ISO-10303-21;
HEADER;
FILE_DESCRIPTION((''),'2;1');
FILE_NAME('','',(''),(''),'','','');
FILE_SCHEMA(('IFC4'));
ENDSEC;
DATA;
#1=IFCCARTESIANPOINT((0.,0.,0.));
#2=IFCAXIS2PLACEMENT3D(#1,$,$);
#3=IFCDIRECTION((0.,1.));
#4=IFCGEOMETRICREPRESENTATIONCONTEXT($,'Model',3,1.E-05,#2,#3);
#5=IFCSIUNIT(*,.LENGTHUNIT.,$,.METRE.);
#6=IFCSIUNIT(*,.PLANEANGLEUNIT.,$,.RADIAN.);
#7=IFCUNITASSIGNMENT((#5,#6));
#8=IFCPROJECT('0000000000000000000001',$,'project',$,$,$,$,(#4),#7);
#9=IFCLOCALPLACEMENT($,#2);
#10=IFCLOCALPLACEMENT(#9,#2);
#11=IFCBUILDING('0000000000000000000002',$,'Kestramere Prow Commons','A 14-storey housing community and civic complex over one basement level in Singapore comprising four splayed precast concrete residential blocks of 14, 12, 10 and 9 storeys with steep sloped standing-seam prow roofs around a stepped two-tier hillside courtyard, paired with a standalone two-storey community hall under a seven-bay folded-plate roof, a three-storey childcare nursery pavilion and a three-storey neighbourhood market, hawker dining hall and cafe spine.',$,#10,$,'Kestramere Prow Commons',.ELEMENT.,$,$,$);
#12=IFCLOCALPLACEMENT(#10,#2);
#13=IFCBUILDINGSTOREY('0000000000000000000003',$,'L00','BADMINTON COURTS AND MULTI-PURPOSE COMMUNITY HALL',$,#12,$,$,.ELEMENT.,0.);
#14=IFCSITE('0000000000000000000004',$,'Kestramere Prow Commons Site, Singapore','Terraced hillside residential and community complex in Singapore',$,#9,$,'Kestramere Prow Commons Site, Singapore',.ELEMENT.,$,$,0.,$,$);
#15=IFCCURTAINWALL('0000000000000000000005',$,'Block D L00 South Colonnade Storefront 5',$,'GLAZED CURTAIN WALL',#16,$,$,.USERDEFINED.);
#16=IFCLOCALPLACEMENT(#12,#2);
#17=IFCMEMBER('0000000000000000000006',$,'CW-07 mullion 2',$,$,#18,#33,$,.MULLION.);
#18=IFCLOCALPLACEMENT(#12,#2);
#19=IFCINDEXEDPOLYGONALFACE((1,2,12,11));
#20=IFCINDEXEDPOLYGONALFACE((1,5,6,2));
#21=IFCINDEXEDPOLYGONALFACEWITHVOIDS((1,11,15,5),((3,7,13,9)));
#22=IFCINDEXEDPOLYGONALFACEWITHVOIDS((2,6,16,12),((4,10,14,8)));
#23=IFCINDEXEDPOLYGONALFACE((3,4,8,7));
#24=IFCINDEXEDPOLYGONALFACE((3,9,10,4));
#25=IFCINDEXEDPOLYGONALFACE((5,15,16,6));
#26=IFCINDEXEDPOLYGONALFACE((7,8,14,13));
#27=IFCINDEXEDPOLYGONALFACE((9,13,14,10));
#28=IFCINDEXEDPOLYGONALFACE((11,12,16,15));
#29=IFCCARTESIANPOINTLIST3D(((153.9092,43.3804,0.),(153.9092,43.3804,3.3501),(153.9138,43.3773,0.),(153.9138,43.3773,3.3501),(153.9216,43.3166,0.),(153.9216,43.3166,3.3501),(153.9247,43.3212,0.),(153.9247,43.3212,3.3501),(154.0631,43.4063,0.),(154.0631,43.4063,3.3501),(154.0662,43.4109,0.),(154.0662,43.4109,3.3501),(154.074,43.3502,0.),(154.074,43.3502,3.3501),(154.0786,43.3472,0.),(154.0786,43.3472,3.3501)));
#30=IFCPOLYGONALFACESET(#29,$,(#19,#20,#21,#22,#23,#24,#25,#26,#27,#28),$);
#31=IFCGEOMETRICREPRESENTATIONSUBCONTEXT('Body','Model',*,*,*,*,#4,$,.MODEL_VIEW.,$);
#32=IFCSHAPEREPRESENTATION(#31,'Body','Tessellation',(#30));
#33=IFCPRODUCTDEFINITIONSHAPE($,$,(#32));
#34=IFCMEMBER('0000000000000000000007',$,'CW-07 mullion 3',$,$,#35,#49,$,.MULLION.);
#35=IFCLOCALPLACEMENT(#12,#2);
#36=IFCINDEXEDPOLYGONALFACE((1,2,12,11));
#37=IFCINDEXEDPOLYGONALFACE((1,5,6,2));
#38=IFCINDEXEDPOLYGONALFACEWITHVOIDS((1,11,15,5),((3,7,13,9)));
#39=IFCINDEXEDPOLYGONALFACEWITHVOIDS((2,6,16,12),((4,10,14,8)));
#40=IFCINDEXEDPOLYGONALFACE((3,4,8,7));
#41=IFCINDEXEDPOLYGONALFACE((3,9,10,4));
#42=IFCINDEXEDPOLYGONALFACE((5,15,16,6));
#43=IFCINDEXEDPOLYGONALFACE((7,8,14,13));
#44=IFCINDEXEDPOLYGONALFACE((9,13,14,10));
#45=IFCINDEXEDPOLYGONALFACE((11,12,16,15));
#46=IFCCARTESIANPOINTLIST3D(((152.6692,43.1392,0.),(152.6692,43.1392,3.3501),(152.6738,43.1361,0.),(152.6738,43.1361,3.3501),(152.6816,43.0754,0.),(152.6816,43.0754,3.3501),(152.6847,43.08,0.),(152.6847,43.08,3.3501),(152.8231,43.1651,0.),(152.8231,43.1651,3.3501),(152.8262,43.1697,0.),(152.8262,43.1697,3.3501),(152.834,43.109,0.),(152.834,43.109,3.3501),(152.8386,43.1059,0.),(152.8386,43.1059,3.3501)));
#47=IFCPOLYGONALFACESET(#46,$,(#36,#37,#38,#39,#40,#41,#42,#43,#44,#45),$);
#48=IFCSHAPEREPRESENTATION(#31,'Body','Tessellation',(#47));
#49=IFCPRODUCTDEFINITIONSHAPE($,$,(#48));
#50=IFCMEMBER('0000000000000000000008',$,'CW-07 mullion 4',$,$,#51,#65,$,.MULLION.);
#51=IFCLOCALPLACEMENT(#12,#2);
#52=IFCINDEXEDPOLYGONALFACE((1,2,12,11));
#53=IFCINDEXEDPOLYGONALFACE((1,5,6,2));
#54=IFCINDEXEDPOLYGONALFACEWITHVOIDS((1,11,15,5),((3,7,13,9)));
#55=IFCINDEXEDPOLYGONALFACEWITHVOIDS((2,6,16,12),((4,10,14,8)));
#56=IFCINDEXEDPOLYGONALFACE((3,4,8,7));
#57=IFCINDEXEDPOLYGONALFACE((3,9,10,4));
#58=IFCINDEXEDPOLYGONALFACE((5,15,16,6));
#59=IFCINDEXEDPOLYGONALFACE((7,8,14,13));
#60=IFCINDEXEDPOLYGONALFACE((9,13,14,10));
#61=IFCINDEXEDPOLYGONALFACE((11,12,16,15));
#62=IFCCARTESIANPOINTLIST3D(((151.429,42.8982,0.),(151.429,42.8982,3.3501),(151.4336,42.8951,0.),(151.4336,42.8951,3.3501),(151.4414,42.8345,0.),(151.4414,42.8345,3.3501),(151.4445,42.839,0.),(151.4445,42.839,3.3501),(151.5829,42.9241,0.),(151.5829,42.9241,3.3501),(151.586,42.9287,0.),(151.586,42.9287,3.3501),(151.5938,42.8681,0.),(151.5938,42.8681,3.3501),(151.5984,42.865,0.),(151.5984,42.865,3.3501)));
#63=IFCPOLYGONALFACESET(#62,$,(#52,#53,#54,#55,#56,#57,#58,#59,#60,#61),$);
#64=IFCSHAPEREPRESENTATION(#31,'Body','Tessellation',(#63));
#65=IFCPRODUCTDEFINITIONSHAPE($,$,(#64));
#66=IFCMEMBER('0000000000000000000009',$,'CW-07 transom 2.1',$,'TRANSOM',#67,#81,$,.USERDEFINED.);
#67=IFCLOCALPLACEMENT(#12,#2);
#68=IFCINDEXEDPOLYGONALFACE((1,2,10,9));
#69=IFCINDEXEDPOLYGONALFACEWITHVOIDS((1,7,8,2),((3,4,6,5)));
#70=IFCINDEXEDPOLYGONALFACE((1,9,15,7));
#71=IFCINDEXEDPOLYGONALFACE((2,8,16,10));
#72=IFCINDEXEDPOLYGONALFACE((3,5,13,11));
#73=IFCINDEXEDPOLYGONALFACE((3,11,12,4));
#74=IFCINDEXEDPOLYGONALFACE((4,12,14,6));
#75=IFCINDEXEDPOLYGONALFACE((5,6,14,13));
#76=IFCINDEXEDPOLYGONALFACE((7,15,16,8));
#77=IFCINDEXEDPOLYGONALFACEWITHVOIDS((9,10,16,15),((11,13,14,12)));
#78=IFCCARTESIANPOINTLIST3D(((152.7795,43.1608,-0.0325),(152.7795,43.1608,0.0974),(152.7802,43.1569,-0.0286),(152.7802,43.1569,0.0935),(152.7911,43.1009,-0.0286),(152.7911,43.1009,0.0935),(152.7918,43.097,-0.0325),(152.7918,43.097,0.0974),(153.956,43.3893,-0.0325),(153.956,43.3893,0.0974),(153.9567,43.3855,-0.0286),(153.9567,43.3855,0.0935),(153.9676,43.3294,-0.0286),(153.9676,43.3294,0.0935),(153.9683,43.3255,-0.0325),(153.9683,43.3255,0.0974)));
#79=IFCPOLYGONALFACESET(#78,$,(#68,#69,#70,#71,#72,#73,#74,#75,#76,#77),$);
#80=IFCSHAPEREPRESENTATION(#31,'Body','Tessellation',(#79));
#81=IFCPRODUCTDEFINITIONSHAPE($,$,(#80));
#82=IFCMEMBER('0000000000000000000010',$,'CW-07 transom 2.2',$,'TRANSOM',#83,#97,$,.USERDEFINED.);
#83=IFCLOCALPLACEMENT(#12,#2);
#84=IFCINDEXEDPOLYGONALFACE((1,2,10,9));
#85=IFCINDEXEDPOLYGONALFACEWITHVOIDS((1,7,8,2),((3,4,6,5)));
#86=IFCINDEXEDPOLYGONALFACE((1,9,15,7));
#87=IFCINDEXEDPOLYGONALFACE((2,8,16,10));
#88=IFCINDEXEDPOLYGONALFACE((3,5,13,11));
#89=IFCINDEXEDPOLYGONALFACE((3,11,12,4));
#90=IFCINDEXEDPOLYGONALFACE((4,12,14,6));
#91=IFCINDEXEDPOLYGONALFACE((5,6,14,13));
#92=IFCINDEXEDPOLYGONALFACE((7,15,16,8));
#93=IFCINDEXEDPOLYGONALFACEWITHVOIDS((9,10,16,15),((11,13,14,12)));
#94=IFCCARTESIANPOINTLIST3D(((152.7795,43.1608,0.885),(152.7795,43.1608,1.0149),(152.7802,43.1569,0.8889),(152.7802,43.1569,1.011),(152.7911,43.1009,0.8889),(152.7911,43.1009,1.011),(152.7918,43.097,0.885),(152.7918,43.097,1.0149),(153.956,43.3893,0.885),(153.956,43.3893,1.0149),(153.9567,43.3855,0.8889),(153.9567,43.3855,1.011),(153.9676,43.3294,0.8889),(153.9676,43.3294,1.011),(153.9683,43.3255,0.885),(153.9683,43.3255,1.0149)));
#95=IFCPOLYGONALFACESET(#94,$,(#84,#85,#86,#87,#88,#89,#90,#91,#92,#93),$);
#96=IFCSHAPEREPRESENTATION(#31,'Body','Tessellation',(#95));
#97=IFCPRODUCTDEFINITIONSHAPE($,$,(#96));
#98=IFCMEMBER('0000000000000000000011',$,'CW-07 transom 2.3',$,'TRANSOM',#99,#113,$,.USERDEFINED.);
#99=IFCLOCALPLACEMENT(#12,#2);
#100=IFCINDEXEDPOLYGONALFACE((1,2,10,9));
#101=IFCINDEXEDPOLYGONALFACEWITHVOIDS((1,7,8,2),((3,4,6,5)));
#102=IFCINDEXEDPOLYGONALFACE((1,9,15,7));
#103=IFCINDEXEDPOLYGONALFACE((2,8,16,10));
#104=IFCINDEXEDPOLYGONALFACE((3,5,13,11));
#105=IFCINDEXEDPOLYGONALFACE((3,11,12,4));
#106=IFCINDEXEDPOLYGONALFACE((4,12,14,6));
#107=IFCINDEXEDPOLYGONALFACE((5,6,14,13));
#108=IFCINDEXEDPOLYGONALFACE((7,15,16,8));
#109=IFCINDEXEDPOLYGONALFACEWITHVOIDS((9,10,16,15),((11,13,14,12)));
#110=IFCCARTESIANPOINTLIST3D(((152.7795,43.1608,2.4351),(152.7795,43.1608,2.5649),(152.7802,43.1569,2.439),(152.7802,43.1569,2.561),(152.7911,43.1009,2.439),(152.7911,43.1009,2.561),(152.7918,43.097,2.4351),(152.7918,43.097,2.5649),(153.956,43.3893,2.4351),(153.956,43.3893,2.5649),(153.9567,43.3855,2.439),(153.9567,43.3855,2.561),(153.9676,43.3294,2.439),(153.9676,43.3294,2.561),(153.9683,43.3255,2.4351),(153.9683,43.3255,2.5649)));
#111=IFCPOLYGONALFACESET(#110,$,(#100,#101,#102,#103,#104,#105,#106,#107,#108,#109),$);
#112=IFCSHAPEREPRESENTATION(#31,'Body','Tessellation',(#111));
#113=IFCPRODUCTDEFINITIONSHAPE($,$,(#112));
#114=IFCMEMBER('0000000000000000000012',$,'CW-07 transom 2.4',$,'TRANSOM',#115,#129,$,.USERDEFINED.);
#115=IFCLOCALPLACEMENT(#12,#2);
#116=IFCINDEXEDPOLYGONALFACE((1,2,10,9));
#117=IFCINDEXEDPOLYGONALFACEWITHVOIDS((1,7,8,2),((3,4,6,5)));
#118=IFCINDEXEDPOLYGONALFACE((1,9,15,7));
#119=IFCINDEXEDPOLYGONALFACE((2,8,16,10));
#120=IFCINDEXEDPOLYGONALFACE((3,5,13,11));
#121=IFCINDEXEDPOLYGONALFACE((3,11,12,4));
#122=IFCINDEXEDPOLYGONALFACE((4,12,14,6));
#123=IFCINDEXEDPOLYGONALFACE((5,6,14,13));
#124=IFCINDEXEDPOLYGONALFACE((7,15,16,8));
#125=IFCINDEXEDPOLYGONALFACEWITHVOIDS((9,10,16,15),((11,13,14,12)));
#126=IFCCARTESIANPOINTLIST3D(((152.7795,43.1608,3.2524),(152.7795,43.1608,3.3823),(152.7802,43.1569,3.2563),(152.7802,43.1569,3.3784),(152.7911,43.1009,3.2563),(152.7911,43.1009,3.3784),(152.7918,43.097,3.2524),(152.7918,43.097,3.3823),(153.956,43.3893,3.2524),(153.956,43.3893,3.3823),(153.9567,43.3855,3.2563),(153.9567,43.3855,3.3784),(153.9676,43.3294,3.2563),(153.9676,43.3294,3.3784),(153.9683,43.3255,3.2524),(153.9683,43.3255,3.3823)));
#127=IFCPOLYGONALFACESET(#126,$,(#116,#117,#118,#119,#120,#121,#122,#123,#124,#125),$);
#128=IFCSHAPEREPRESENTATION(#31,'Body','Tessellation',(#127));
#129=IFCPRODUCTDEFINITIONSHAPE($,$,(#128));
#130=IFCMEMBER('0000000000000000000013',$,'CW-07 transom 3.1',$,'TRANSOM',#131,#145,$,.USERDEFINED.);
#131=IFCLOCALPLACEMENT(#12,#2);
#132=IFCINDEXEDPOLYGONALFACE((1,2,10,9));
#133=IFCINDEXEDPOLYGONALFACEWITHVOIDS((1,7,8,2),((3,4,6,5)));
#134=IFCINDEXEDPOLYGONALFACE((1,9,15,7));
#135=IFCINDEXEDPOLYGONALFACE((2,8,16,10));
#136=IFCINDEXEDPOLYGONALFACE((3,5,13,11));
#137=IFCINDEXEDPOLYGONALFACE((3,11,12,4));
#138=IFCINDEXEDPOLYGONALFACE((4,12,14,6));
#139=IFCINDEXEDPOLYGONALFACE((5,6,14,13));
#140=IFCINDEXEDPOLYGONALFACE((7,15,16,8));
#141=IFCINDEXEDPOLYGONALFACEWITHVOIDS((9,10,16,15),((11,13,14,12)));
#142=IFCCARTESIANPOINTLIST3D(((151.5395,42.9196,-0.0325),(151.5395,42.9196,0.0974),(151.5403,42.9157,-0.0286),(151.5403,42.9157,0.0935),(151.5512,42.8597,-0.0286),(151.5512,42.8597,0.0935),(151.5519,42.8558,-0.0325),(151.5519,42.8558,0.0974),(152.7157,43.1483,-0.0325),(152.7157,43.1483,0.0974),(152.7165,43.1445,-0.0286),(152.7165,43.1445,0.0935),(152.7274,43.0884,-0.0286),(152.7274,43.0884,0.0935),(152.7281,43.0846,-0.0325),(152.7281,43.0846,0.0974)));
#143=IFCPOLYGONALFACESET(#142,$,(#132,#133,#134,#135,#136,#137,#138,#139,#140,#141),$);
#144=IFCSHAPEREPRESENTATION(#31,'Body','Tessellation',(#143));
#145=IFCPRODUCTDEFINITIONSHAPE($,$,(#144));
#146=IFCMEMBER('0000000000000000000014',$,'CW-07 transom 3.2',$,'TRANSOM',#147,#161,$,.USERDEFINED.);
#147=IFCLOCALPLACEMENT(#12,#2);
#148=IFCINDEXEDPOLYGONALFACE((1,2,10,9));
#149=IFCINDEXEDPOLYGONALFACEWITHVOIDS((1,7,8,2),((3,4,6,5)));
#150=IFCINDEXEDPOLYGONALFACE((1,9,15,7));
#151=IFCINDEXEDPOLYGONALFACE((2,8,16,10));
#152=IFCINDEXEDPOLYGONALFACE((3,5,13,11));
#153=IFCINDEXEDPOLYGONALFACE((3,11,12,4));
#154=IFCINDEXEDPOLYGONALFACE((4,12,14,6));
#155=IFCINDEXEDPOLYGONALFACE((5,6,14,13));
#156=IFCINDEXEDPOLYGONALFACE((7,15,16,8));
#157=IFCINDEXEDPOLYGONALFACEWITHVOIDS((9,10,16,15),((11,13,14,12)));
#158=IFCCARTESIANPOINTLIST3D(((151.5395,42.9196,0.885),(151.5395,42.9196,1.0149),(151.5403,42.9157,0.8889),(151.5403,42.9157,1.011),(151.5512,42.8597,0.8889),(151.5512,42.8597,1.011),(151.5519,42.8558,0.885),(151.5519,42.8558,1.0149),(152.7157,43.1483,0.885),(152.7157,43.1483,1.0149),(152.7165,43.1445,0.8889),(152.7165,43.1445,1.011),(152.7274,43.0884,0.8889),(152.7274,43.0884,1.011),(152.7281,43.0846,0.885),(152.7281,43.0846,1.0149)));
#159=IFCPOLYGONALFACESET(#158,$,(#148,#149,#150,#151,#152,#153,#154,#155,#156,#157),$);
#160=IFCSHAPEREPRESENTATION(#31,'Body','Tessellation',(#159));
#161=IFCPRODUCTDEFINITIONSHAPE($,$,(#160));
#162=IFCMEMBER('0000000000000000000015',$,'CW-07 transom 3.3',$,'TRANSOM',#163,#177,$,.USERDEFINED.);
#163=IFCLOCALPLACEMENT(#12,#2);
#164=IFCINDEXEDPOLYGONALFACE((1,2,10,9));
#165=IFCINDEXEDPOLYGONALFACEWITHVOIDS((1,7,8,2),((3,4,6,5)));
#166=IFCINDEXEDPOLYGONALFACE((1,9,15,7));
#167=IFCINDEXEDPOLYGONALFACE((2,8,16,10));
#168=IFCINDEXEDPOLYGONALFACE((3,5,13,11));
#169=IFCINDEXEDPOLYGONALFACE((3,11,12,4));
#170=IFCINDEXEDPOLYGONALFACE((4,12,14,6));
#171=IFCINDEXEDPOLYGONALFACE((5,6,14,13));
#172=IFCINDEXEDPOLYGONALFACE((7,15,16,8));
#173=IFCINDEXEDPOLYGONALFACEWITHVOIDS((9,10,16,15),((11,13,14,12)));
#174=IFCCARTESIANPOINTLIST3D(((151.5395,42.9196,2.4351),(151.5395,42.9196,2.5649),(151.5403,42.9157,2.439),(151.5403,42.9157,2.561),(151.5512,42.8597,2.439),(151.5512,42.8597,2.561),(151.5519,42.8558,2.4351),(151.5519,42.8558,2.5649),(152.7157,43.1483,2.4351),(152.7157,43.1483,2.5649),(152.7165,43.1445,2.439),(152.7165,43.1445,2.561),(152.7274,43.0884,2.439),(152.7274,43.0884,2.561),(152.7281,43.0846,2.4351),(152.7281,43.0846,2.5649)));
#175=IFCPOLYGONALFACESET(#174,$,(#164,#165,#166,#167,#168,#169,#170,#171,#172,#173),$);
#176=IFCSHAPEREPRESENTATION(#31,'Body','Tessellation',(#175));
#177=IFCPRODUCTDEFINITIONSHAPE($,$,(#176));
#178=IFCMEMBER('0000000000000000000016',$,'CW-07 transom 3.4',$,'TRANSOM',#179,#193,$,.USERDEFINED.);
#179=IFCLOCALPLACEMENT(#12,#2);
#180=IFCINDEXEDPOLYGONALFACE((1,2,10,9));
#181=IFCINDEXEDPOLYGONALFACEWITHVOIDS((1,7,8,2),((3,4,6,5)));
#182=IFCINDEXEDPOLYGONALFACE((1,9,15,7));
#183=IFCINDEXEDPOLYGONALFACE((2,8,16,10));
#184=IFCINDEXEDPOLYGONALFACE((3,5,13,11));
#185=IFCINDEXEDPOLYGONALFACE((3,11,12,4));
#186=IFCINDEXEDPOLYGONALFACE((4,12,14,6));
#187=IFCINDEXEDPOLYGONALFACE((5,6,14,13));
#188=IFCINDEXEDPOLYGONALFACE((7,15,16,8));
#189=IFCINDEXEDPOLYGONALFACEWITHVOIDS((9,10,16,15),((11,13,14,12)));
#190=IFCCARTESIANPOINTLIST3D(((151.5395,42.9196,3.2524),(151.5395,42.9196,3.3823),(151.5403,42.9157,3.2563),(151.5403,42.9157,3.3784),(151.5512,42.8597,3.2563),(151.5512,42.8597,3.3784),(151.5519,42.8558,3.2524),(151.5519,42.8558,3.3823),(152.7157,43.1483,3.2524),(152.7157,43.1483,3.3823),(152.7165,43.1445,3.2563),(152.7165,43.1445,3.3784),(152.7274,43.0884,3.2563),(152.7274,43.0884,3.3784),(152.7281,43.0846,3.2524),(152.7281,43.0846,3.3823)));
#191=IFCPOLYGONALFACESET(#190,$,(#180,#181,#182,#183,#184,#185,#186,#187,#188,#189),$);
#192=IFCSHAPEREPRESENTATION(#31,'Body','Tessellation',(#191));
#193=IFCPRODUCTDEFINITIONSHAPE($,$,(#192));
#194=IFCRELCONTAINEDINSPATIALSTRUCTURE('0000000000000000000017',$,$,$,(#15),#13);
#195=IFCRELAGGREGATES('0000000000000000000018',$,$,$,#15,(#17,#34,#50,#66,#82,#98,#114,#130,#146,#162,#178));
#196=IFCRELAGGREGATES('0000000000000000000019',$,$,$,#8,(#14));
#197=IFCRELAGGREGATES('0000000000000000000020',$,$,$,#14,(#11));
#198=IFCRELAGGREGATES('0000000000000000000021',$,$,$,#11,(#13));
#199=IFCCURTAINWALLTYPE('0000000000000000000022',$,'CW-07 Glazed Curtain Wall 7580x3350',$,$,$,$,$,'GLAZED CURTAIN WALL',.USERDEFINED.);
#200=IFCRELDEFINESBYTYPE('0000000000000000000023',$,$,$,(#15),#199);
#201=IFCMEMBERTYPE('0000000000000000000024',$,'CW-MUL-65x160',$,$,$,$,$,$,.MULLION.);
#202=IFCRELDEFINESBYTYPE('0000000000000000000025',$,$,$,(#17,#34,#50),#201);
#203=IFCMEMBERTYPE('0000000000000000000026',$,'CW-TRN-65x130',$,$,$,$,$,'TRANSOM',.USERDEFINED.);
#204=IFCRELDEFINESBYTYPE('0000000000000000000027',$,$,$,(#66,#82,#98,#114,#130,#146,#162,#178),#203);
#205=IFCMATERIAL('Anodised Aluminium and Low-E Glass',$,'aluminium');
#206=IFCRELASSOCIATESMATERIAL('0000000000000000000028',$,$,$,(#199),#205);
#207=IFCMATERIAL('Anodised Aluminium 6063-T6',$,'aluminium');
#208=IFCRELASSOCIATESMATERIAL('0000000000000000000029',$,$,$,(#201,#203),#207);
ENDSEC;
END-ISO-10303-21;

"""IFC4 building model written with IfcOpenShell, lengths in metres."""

from ifc_helpers import new_model, si_unit, direction, frame, origin, origin_2d, place, context, subcontext, project, spatial, hollow_rectangle, extrude, material, material_profile, profile_set, type_object, element, aggregate, save


model = new_model("IFC4")

# Units and contexts
model_context = context("Model", 3, precision=1e-05, world=origin(), true_north=direction((0.0, 1.0)))
body_context = subcontext(model_context, "Body", "Model", "MODEL_VIEW")
ifc_project = project(units=[si_unit("LENGTHUNIT", "METRE"), si_unit("PLANEANGLEUNIT", "RADIAN")], contexts=[model_context])

# Site, building, storey
site_placement = place(None, origin())
site = spatial("IfcSite", under=ifc_project, at=site_placement, Name="Kestramere Prow Commons Site, Singapore", Description="Terraced hillside residential and community complex in Singapore", LongName="Kestramere Prow Commons Site, Singapore", CompositionType="ELEMENT", RefElevation=0.0)
building_placement = place(site_placement, origin())
building = spatial("IfcBuilding", under=site, at=building_placement, Name="Kestramere Prow Commons", Description="A 14-storey housing community and civic complex over one basement level in Singapore comprising four splayed precast concrete residential blocks of 14, 12, 10 and 9 storeys with steep sloped standing-seam prow roofs around a stepped two-tier hillside courtyard, paired with a standalone two-storey community hall under a seven-bay folded-plate roof, a three-storey childcare nursery pavilion and a three-storey neighbourhood market, hawker dining hall and cafe spine.", LongName="Kestramere Prow Commons", CompositionType="ELEMENT")
storey_placement = place(building_placement, origin())
storey = spatial("IfcBuildingStorey", under=building, at=storey_placement, Name="L00", Description="BADMINTON COURTS AND MULTI-PURPOSE COMMUNITY HALL", CompositionType="ELEMENT", Elevation=0.0)

# Curtain wall, members
ifc_material_1 = material(Name="Anodised Aluminium and Low-E Glass", Category="aluminium")
curtain_wall_type = type_object("IfcCurtainWallType", Name="CW-07 Glazed Curtain Wall 7580x3350", ElementType="GLAZED CURTAIN WALL", PredefinedType="USERDEFINED", material=ifc_material_1)
curtain_wall_placement = place(storey_placement, origin())
curtain_wall = element("IfcCurtainWall", 1, at=curtain_wall_placement, inside=storey, type_object=curtain_wall_type, Name="Block D L00 South Colonnade Storefront 5", ObjectType="GLAZED CURTAIN WALL", PredefinedType="USERDEFINED")
ifc_material_2 = material(Name="Anodised Aluminium 6063-T6", Category="aluminium")
ifc_material_profile_1 = material_profile(ifc_material_2, hollow_rectangle(XDim=0.0649, YDim=0.1599, WallThickness=0.0039, at=origin_2d()), Name="ALU-MUL 65x160")
ifc_profile_set_1 = profile_set([ifc_material_profile_1], Name="Anodised Aluminium 6063-T6")
member_type_1 = type_object("IfcMemberType", Name="CW-MUL-65x160", PredefinedType="MULLION", material=ifc_profile_set_1)
member_1_placement = place(storey_placement, frame((153.9939, 43.3638, 0.0), z_axis=(0.0, 0.0, 1.0), x_axis=(0.190809, -0.981627, 0.0)))
member_1 = element("IfcMember", 2, at=member_1_placement, type_object=member_type_1, Name="CW-07 mullion 2", PredefinedType="MULLION", context=body_context, shape_type="SweptSolid", body=[
    extrude(hollow_rectangle(XDim=0.0649, YDim=0.1599, WallThickness=0.0039, at=origin_2d()), origin(), (0.0, 0.0, 1.0), 3.3501),
])
member_2_placement = place(storey_placement, frame((152.7539, 43.1226, 0.0), z_axis=(0.0, 0.0, 1.0), x_axis=(0.190809, -0.981627, 0.0)))
member_2 = element("IfcMember", 3, at=member_2_placement, type_object=member_type_1, Name="CW-07 mullion 3", PredefinedType="MULLION", context=body_context, shape_type="SweptSolid", body=[
    extrude(hollow_rectangle(XDim=0.0649, YDim=0.1599, WallThickness=0.0039, at=origin_2d()), origin(), (0.0, 0.0, 1.0), 3.3501),
])
member_3_placement = place(storey_placement, frame((151.5137, 42.8816, 0.0), z_axis=(0.0, 0.0, 1.0), x_axis=(0.190809, -0.981627, 0.0)))
member_3 = element("IfcMember", 4, at=member_3_placement, type_object=member_type_1, Name="CW-07 mullion 4", PredefinedType="MULLION", context=body_context, shape_type="SweptSolid", body=[
    extrude(hollow_rectangle(XDim=0.0649, YDim=0.1599, WallThickness=0.0039, at=origin_2d()), origin(), (0.0, 0.0, 1.0), 3.3501),
])
ifc_material_profile_2 = material_profile(ifc_material_2, hollow_rectangle(XDim=0.0649, YDim=0.1299, WallThickness=0.0039, at=origin_2d()), Name="ALU-TRN 65x130")
ifc_profile_set_2 = profile_set([ifc_material_profile_2], Name="Anodised Aluminium 6063-T6")
member_type_2 = type_object("IfcMemberType", Name="CW-TRN-65x130", ElementType="TRANSOM", PredefinedType="USERDEFINED", material=ifc_profile_set_2)
member_4_placement = place(storey_placement, frame((153.9622, 43.3574, 0.0325), z_axis=(-0.981655, -0.190668, 0.0), x_axis=(0.190668, -0.981655, 0.0)))
member_4 = element("IfcMember", 5, at=member_4_placement, type_object=member_type_2, Name="CW-07 transom 2.1", ObjectType="TRANSOM", PredefinedType="USERDEFINED", context=body_context, shape_type="SweptSolid", body=[
    extrude(hollow_rectangle(XDim=0.0649, YDim=0.1299, WallThickness=0.0039, at=origin_2d()), origin(), (0.0, 0.0, 1.0), 1.1985),
])
member_5_placement = place(storey_placement, frame((153.9622, 43.3574, 0.95), z_axis=(-0.981655, -0.190668, 0.0), x_axis=(0.190668, -0.981655, 0.0)))
member_5 = element("IfcMember", 6, at=member_5_placement, type_object=member_type_2, Name="CW-07 transom 2.2", ObjectType="TRANSOM", PredefinedType="USERDEFINED", context=body_context, shape_type="SweptSolid", body=[
    extrude(hollow_rectangle(XDim=0.0649, YDim=0.1299, WallThickness=0.0039, at=origin_2d()), origin(), (0.0, 0.0, 1.0), 1.1985),
])
member_6_placement = place(storey_placement, frame((153.9622, 43.3574, 2.5), z_axis=(-0.981655, -0.190668, 0.0), x_axis=(0.190668, -0.981655, 0.0)))
member_6 = element("IfcMember", 7, at=member_6_placement, type_object=member_type_2, Name="CW-07 transom 2.3", ObjectType="TRANSOM", PredefinedType="USERDEFINED", context=body_context, shape_type="SweptSolid", body=[
    extrude(hollow_rectangle(XDim=0.0649, YDim=0.1299, WallThickness=0.0039, at=origin_2d()), origin(), (0.0, 0.0, 1.0), 1.1985),
])
member_7_placement = place(storey_placement, frame((153.9622, 43.3574, 3.3174), z_axis=(-0.981655, -0.190668, 0.0), x_axis=(0.190668, -0.981655, 0.0)))
member_7 = element("IfcMember", 8, at=member_7_placement, type_object=member_type_2, Name="CW-07 transom 2.4", ObjectType="TRANSOM", PredefinedType="USERDEFINED", context=body_context, shape_type="SweptSolid", body=[
    extrude(hollow_rectangle(XDim=0.0649, YDim=0.1299, WallThickness=0.0039, at=origin_2d()), origin(), (0.0, 0.0, 1.0), 1.1985),
])
member_8_placement = place(storey_placement, frame((152.7219, 43.1165, 0.0325), z_axis=(-0.981609, -0.190902, 0.0), x_axis=(0.190902, -0.981609, 0.0)))
member_8 = element("IfcMember", 9, at=member_8_placement, type_object=member_type_2, Name="CW-07 transom 3.1", ObjectType="TRANSOM", PredefinedType="USERDEFINED", context=body_context, shape_type="SweptSolid", body=[
    extrude(hollow_rectangle(XDim=0.0649, YDim=0.1299, WallThickness=0.0039, at=origin_2d()), origin(), (0.0, 0.0, 1.0), 1.1982),
])
member_9_placement = place(storey_placement, frame((152.7219, 43.1165, 0.95), z_axis=(-0.981609, -0.190902, 0.0), x_axis=(0.190902, -0.981609, 0.0)))
member_9 = element("IfcMember", 10, at=member_9_placement, type_object=member_type_2, Name="CW-07 transom 3.2", ObjectType="TRANSOM", PredefinedType="USERDEFINED", context=body_context, shape_type="SweptSolid", body=[
    extrude(hollow_rectangle(XDim=0.0649, YDim=0.1299, WallThickness=0.0039, at=origin_2d()), origin(), (0.0, 0.0, 1.0), 1.1982),
])
member_10_placement = place(storey_placement, frame((152.7219, 43.1165, 2.5), z_axis=(-0.981609, -0.190902, 0.0), x_axis=(0.190902, -0.981609, 0.0)))
member_10 = element("IfcMember", 11, at=member_10_placement, type_object=member_type_2, Name="CW-07 transom 3.3", ObjectType="TRANSOM", PredefinedType="USERDEFINED", context=body_context, shape_type="SweptSolid", body=[
    extrude(hollow_rectangle(XDim=0.0649, YDim=0.1299, WallThickness=0.0039, at=origin_2d()), origin(), (0.0, 0.0, 1.0), 1.1982),
])
member_11_placement = place(storey_placement, frame((152.7219, 43.1165, 3.3174), z_axis=(-0.981609, -0.190902, 0.0), x_axis=(0.190902, -0.981609, 0.0)))
member_11 = element("IfcMember", 12, at=member_11_placement, type_object=member_type_2, Name="CW-07 transom 3.4", ObjectType="TRANSOM", PredefinedType="USERDEFINED", context=body_context, shape_type="SweptSolid", body=[
    extrude(hollow_rectangle(XDim=0.0649, YDim=0.1299, WallThickness=0.0039, at=origin_2d()), origin(), (0.0, 0.0, 1.0), 1.1982),
])
aggregate(curtain_wall, [member_1, member_2, member_3, member_4, member_5, member_6, member_7, member_8, member_9, member_10, member_11])

save(model, "model.ifc")
